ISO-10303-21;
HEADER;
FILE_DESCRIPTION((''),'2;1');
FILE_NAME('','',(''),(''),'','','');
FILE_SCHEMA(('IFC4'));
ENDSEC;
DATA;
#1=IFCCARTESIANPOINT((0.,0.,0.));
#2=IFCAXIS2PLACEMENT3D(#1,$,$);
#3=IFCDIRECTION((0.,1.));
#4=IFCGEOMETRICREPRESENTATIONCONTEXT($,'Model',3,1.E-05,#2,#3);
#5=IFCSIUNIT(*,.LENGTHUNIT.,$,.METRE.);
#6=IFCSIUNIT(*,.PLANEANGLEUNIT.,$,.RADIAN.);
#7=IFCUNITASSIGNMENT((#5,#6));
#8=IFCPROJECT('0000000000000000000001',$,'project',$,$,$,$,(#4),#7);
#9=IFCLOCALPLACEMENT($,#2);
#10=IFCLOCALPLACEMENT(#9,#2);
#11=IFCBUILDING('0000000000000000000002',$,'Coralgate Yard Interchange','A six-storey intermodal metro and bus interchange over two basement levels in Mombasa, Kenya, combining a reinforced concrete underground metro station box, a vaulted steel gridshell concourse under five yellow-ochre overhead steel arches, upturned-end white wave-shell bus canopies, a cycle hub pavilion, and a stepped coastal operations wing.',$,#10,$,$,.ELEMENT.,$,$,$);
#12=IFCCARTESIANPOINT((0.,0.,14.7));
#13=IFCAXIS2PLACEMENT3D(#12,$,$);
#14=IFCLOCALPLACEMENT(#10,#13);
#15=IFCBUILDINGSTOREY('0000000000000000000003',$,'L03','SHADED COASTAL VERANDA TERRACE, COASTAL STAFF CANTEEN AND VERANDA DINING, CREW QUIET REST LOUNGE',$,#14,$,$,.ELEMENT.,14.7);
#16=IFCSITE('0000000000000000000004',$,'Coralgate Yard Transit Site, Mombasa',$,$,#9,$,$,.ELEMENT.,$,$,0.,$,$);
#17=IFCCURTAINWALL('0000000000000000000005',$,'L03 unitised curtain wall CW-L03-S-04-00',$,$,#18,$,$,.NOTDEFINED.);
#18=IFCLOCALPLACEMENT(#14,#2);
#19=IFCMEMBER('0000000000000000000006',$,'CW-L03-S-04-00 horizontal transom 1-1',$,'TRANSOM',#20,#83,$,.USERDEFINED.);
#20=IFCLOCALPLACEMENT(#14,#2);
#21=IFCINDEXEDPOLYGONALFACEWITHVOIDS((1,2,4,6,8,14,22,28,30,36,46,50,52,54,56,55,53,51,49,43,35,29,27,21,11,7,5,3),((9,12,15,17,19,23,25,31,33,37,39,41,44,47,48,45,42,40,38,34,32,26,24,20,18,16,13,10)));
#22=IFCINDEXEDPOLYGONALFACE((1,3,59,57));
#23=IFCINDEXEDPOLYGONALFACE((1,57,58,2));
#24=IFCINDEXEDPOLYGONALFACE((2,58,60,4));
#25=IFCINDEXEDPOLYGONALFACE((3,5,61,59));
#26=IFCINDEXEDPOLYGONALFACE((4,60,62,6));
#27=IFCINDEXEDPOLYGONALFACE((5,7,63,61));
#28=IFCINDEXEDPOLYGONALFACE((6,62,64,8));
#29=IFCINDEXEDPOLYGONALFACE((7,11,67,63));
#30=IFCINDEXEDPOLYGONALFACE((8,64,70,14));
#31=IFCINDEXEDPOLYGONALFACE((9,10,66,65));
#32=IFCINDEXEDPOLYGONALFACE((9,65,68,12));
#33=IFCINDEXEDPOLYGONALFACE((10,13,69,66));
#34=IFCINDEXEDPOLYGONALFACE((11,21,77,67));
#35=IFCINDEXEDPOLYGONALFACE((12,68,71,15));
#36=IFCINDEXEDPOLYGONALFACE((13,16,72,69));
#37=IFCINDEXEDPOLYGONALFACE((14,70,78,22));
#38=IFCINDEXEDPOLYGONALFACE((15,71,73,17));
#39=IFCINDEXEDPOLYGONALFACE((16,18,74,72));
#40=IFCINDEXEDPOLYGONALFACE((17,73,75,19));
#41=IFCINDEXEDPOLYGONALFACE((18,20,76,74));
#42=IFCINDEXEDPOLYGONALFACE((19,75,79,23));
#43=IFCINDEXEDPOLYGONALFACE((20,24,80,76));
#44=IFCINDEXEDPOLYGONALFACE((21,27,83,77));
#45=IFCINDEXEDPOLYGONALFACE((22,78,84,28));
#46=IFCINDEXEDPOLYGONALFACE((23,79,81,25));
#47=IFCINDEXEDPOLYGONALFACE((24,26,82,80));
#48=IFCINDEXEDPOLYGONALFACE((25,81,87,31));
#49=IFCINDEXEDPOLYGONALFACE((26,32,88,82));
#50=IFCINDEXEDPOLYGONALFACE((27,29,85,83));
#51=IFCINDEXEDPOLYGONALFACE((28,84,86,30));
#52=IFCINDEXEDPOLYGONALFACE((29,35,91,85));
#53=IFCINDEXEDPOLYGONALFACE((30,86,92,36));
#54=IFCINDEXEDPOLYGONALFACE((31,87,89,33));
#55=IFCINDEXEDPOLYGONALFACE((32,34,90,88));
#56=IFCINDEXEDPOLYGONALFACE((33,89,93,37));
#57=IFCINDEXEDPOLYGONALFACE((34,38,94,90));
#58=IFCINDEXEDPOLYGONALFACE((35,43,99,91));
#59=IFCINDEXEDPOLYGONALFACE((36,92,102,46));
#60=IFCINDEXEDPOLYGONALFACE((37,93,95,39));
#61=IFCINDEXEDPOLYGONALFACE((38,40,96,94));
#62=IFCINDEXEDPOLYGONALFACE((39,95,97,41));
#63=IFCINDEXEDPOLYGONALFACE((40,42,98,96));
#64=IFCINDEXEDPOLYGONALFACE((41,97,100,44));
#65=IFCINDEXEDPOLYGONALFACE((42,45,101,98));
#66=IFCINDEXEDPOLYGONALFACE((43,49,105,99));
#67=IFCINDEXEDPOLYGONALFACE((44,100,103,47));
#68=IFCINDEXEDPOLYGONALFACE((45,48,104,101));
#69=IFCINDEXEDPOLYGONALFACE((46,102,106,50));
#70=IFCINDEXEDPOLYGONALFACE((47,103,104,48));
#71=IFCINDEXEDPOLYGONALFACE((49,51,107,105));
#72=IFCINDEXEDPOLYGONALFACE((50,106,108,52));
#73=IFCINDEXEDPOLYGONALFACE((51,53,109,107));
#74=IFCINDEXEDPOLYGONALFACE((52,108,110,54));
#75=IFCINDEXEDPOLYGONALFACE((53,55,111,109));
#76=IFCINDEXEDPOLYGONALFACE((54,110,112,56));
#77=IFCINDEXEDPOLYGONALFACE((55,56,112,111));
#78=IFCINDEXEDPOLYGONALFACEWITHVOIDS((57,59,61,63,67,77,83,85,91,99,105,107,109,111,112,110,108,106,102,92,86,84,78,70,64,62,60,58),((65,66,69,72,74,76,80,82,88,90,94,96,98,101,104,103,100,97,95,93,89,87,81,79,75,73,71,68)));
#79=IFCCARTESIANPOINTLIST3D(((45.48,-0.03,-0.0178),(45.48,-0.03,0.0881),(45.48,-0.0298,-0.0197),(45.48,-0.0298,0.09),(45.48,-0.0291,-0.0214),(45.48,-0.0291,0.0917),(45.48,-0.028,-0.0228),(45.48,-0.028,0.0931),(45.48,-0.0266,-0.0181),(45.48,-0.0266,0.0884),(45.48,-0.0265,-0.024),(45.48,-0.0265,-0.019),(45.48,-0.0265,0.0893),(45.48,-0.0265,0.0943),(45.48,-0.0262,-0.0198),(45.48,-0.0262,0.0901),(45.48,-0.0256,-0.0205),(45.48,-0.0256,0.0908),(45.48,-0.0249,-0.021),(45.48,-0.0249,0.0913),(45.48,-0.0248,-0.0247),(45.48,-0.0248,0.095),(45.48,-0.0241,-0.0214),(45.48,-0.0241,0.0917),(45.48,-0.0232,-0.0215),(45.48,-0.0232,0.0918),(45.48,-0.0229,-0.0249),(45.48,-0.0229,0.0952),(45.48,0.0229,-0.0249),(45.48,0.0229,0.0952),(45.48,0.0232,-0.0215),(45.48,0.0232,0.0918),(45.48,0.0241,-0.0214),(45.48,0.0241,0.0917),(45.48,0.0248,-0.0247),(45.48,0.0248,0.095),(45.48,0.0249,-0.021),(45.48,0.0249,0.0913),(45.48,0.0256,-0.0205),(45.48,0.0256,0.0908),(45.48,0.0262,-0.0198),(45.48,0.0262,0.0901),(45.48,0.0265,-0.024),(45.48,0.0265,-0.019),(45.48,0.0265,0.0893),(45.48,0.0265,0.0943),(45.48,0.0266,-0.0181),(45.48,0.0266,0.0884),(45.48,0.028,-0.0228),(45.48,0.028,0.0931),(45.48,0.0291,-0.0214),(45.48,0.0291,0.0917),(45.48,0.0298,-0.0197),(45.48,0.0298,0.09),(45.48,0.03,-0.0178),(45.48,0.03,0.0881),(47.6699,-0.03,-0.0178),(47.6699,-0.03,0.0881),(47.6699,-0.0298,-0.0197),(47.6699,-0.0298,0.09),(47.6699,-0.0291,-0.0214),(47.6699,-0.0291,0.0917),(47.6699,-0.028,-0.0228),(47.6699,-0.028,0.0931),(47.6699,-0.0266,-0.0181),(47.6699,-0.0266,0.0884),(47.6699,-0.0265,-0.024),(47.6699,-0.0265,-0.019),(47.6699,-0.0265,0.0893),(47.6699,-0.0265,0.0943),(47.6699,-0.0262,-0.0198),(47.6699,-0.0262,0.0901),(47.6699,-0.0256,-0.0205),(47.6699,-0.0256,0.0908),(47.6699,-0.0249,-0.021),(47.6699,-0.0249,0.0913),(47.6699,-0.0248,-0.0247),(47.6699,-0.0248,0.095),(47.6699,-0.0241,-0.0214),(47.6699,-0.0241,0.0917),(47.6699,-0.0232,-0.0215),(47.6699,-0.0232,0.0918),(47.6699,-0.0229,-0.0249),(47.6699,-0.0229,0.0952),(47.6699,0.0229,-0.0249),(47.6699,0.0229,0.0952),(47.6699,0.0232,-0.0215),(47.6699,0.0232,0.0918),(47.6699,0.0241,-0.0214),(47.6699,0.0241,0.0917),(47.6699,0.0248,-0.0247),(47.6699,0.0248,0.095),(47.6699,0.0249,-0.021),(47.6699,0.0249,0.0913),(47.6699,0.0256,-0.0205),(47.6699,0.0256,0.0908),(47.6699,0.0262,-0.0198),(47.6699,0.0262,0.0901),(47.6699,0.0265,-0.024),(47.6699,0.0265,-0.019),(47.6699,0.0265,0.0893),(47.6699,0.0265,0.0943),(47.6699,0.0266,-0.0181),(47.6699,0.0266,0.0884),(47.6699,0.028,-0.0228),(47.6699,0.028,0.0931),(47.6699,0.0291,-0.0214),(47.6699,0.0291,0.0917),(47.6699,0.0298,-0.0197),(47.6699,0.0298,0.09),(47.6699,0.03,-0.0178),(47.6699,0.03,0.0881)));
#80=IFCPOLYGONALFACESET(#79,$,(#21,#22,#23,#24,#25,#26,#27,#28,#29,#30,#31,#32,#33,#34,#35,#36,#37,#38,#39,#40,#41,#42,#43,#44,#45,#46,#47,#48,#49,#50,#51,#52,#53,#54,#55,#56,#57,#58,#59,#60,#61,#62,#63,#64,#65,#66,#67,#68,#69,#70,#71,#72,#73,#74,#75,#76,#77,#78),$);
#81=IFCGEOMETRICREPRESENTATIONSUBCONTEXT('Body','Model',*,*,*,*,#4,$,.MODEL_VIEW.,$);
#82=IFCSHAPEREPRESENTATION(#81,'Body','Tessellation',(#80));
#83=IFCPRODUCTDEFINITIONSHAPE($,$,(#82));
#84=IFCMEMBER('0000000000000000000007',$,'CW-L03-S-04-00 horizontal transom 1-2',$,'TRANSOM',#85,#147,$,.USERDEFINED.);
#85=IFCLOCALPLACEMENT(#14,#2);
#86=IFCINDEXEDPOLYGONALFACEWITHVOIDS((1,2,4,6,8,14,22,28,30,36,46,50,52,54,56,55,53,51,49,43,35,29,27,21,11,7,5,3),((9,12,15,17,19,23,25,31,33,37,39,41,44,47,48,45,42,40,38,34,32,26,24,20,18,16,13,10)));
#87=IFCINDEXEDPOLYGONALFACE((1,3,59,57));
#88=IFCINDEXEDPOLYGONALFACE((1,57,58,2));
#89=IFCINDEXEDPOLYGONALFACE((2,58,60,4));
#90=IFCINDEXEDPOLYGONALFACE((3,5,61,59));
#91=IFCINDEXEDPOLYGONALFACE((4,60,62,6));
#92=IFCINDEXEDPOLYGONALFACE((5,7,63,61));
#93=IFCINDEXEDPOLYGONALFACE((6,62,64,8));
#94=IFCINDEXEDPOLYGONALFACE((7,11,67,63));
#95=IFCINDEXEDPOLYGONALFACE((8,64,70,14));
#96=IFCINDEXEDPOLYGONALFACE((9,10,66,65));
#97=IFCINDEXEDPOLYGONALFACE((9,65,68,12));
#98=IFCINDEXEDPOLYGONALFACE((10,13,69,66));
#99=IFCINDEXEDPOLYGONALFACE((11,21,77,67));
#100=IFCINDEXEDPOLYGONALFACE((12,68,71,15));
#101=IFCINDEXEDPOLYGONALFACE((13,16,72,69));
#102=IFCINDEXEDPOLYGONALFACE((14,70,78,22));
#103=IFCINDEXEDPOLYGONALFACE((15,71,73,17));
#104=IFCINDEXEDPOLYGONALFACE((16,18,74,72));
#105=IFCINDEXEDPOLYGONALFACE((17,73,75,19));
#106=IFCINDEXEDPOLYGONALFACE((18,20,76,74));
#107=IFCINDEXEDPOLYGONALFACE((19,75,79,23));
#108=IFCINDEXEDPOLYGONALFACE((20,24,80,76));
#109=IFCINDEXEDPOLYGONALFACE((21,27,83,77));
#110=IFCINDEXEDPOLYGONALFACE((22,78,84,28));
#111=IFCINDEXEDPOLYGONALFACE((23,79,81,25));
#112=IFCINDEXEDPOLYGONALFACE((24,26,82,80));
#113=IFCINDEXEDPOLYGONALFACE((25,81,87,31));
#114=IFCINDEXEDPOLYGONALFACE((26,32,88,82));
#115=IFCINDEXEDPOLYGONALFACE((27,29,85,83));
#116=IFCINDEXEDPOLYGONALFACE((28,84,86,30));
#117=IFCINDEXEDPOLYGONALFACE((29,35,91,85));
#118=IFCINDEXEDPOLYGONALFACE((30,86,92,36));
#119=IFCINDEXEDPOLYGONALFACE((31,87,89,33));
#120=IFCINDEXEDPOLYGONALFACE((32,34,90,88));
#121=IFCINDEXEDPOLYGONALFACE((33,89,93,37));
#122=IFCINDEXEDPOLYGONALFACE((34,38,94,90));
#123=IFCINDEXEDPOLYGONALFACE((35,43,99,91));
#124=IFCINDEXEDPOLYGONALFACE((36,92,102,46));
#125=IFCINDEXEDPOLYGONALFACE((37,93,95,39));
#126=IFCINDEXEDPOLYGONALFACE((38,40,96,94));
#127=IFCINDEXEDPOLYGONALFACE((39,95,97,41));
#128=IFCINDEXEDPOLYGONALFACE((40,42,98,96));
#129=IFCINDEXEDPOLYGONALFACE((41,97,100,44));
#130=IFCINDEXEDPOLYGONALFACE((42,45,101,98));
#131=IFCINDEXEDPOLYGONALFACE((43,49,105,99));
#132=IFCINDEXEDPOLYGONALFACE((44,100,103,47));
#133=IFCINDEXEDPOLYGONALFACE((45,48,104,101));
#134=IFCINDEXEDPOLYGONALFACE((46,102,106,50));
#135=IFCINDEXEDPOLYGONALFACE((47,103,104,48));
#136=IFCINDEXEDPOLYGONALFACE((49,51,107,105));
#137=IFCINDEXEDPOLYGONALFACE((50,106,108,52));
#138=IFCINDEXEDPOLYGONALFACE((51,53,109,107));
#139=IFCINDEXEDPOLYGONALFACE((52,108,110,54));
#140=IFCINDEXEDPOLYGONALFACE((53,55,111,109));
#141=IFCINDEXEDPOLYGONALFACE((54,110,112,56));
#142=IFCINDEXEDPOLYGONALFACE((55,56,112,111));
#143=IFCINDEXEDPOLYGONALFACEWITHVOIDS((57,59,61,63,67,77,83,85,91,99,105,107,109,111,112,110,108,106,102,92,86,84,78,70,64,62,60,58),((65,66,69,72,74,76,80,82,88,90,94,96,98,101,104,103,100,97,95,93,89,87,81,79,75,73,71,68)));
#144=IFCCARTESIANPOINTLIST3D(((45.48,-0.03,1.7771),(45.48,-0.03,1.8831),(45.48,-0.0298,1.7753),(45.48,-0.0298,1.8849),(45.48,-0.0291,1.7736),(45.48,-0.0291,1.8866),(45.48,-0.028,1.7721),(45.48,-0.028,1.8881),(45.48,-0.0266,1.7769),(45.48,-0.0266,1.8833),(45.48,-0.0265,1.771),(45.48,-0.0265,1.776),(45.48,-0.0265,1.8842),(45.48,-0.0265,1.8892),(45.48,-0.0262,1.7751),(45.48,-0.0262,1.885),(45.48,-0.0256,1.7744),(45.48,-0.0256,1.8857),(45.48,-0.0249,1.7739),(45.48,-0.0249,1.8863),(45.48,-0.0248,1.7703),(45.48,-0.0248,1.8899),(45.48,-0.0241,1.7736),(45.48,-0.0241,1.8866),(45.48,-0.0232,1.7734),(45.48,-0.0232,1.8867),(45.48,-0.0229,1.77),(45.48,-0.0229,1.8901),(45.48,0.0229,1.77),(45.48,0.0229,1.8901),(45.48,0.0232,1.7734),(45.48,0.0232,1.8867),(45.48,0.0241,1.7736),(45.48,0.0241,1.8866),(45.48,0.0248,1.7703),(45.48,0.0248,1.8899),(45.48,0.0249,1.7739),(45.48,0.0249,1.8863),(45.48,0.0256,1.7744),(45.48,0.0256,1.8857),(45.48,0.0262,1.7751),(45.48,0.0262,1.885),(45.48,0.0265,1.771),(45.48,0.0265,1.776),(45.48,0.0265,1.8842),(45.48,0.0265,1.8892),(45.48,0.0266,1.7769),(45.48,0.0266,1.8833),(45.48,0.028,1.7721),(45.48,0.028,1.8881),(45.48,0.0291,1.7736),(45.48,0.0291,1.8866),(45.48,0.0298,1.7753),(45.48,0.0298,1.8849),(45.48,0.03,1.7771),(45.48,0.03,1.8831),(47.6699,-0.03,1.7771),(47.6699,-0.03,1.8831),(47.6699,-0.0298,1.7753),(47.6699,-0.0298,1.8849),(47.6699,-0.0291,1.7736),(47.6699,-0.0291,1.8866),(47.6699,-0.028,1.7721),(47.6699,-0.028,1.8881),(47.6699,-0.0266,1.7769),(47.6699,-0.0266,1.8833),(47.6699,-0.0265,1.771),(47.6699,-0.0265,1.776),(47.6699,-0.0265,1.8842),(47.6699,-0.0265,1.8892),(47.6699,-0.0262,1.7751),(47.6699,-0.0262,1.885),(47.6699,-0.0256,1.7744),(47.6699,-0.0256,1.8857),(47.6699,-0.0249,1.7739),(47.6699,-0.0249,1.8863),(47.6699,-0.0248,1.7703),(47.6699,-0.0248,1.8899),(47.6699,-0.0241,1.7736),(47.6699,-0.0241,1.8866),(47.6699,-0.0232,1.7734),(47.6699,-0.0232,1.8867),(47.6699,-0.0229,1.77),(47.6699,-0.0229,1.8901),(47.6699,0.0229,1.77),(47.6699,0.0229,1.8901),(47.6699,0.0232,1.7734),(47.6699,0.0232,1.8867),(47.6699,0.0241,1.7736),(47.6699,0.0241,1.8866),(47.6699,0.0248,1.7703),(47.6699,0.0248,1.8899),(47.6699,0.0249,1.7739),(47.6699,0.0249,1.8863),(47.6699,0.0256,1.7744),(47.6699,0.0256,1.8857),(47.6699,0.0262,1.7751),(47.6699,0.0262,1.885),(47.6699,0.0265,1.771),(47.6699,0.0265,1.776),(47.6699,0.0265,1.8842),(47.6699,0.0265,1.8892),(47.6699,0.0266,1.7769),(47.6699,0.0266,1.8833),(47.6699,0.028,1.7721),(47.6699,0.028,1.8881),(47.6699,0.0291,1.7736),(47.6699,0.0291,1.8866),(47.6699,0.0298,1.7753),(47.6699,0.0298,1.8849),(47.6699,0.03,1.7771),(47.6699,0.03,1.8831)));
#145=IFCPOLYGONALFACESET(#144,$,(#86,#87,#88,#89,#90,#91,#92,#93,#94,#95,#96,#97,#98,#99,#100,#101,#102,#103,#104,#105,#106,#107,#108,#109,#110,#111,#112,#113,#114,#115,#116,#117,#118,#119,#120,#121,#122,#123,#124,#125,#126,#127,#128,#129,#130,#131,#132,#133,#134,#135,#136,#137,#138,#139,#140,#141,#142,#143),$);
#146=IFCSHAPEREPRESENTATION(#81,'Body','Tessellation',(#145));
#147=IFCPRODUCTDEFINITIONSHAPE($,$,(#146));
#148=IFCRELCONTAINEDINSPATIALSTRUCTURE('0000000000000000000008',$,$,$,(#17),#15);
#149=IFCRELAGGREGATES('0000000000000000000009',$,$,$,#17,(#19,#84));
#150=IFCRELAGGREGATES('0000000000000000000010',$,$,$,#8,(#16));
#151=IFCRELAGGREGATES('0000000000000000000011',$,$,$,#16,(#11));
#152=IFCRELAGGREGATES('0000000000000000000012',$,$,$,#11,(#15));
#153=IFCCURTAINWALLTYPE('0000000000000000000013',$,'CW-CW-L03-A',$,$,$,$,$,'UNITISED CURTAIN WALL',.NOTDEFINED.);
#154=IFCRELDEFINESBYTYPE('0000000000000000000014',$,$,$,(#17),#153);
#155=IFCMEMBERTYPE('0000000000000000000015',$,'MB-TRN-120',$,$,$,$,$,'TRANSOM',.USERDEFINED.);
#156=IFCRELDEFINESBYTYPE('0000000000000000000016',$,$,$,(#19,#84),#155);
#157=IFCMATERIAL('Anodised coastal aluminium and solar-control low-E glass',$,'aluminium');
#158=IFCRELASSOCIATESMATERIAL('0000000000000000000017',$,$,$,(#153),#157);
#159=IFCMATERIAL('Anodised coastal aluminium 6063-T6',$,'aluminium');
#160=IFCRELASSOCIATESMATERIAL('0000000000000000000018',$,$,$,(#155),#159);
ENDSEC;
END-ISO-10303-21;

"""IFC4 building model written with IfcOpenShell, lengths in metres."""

from ifc_helpers import new_model, si_unit, direction, frame, origin, origin_2d, place, context, subcontext, project, spatial, hollow_rectangle, extrude, material, material_profile, profile_set, type_object, element, aggregate, save


model = new_model("IFC4")

# Units and contexts
model_context = context("Model", 3, precision=1e-05, world=origin(), true_north=direction((0.0, 1.0)))
body_context = subcontext(model_context, "Body", "Model", "MODEL_VIEW")
ifc_project = project(units=[si_unit("LENGTHUNIT", "METRE"), si_unit("PLANEANGLEUNIT", "RADIAN")], contexts=[model_context])

# Site, building, storey
site_placement = place(None, origin())
site = spatial("IfcSite", under=ifc_project, at=site_placement, Name="Coralgate Yard Transit Site, Mombasa", CompositionType="ELEMENT", RefElevation=0.0)
building_placement = place(site_placement, origin())
building = spatial("IfcBuilding", under=site, at=building_placement, Name="Coralgate Yard Interchange", Description="A six-storey intermodal metro and bus interchange over two basement levels in Mombasa, Kenya, combining a reinforced concrete underground metro station box, a vaulted steel gridshell concourse under five yellow-ochre overhead steel arches, upturned-end white wave-shell bus canopies, a cycle hub pavilion, and a stepped coastal operations wing.", CompositionType="ELEMENT")
storey_placement = place(building_placement, frame((0.0, 0.0, 14.7)))
storey = spatial("IfcBuildingStorey", under=building, at=storey_placement, Name="L03", Description="SHADED COASTAL VERANDA TERRACE, COASTAL STAFF CANTEEN AND VERANDA DINING, CREW QUIET REST LOUNGE", CompositionType="ELEMENT", Elevation=14.7)

# Curtain wall, members
ifc_material_1 = material(Name="Anodised coastal aluminium and solar-control low-E glass", Category="aluminium")
curtain_wall_type = type_object("IfcCurtainWallType", Name="CW-CW-L03-A", ElementType="UNITISED CURTAIN WALL", PredefinedType="NOTDEFINED", material=ifc_material_1)
curtain_wall_placement = place(storey_placement, origin())
curtain_wall = element("IfcCurtainWall", 1, at=curtain_wall_placement, inside=storey, type_object=curtain_wall_type, Name="L03 unitised curtain wall CW-L03-S-04-00", PredefinedType="NOTDEFINED")
ifc_material_2 = material(Name="Anodised coastal aluminium 6063-T6", Category="aluminium")
ifc_material_profile_1 = material_profile(ifc_material_2, hollow_rectangle(XDim=0.0601, YDim=0.1201, WallThickness=0.0034, InnerFilletRadius=0.0034, OuterFilletRadius=0.0071, at=origin_2d()), Name="ALU 60x120x3.5")
ifc_profile_set_1 = profile_set([ifc_material_profile_1], Name="Anodised coastal aluminium 6063-T6")
member_type_1 = type_object("IfcMemberType", Name="MB-TRN-120", ElementType="TRANSOM", PredefinedType="USERDEFINED", material=ifc_profile_set_1)
member_1_placement = place(storey_placement, frame((47.6699, 0.0, 0.0352), z_axis=(-1.0, 0.0, 0.0), x_axis=(0.0, -1.0, 0.0)))
member_1 = element("IfcMember", 2, at=member_1_placement, type_object=member_type_1, Name="CW-L03-S-04-00 horizontal transom 1-1", ObjectType="TRANSOM", PredefinedType="USERDEFINED", context=body_context, shape_type="SweptSolid", body=[
    extrude(hollow_rectangle(XDim=0.0601, YDim=0.1201, WallThickness=0.0034, InnerFilletRadius=0.0034, OuterFilletRadius=0.0071, at=origin_2d()), origin(), (0.0, 0.0, 1.0), 2.1899),
])
member_2_placement = place(storey_placement, frame((47.6699, 0.0, 1.8301), z_axis=(-1.0, 0.0, 0.0), x_axis=(0.0, -1.0, 0.0)))
member_2 = element("IfcMember", 3, at=member_2_placement, type_object=member_type_1, Name="CW-L03-S-04-00 horizontal transom 1-2", ObjectType="TRANSOM", PredefinedType="USERDEFINED", context=body_context, shape_type="SweptSolid", body=[
    extrude(hollow_rectangle(XDim=0.0601, YDim=0.1201, WallThickness=0.0034, InnerFilletRadius=0.0034, OuterFilletRadius=0.0071, at=origin_2d()), origin(), (0.0, 0.0, 1.0), 2.1899),
])
aggregate(curtain_wall, [member_1, member_2])

save(model, "model.ifc")
